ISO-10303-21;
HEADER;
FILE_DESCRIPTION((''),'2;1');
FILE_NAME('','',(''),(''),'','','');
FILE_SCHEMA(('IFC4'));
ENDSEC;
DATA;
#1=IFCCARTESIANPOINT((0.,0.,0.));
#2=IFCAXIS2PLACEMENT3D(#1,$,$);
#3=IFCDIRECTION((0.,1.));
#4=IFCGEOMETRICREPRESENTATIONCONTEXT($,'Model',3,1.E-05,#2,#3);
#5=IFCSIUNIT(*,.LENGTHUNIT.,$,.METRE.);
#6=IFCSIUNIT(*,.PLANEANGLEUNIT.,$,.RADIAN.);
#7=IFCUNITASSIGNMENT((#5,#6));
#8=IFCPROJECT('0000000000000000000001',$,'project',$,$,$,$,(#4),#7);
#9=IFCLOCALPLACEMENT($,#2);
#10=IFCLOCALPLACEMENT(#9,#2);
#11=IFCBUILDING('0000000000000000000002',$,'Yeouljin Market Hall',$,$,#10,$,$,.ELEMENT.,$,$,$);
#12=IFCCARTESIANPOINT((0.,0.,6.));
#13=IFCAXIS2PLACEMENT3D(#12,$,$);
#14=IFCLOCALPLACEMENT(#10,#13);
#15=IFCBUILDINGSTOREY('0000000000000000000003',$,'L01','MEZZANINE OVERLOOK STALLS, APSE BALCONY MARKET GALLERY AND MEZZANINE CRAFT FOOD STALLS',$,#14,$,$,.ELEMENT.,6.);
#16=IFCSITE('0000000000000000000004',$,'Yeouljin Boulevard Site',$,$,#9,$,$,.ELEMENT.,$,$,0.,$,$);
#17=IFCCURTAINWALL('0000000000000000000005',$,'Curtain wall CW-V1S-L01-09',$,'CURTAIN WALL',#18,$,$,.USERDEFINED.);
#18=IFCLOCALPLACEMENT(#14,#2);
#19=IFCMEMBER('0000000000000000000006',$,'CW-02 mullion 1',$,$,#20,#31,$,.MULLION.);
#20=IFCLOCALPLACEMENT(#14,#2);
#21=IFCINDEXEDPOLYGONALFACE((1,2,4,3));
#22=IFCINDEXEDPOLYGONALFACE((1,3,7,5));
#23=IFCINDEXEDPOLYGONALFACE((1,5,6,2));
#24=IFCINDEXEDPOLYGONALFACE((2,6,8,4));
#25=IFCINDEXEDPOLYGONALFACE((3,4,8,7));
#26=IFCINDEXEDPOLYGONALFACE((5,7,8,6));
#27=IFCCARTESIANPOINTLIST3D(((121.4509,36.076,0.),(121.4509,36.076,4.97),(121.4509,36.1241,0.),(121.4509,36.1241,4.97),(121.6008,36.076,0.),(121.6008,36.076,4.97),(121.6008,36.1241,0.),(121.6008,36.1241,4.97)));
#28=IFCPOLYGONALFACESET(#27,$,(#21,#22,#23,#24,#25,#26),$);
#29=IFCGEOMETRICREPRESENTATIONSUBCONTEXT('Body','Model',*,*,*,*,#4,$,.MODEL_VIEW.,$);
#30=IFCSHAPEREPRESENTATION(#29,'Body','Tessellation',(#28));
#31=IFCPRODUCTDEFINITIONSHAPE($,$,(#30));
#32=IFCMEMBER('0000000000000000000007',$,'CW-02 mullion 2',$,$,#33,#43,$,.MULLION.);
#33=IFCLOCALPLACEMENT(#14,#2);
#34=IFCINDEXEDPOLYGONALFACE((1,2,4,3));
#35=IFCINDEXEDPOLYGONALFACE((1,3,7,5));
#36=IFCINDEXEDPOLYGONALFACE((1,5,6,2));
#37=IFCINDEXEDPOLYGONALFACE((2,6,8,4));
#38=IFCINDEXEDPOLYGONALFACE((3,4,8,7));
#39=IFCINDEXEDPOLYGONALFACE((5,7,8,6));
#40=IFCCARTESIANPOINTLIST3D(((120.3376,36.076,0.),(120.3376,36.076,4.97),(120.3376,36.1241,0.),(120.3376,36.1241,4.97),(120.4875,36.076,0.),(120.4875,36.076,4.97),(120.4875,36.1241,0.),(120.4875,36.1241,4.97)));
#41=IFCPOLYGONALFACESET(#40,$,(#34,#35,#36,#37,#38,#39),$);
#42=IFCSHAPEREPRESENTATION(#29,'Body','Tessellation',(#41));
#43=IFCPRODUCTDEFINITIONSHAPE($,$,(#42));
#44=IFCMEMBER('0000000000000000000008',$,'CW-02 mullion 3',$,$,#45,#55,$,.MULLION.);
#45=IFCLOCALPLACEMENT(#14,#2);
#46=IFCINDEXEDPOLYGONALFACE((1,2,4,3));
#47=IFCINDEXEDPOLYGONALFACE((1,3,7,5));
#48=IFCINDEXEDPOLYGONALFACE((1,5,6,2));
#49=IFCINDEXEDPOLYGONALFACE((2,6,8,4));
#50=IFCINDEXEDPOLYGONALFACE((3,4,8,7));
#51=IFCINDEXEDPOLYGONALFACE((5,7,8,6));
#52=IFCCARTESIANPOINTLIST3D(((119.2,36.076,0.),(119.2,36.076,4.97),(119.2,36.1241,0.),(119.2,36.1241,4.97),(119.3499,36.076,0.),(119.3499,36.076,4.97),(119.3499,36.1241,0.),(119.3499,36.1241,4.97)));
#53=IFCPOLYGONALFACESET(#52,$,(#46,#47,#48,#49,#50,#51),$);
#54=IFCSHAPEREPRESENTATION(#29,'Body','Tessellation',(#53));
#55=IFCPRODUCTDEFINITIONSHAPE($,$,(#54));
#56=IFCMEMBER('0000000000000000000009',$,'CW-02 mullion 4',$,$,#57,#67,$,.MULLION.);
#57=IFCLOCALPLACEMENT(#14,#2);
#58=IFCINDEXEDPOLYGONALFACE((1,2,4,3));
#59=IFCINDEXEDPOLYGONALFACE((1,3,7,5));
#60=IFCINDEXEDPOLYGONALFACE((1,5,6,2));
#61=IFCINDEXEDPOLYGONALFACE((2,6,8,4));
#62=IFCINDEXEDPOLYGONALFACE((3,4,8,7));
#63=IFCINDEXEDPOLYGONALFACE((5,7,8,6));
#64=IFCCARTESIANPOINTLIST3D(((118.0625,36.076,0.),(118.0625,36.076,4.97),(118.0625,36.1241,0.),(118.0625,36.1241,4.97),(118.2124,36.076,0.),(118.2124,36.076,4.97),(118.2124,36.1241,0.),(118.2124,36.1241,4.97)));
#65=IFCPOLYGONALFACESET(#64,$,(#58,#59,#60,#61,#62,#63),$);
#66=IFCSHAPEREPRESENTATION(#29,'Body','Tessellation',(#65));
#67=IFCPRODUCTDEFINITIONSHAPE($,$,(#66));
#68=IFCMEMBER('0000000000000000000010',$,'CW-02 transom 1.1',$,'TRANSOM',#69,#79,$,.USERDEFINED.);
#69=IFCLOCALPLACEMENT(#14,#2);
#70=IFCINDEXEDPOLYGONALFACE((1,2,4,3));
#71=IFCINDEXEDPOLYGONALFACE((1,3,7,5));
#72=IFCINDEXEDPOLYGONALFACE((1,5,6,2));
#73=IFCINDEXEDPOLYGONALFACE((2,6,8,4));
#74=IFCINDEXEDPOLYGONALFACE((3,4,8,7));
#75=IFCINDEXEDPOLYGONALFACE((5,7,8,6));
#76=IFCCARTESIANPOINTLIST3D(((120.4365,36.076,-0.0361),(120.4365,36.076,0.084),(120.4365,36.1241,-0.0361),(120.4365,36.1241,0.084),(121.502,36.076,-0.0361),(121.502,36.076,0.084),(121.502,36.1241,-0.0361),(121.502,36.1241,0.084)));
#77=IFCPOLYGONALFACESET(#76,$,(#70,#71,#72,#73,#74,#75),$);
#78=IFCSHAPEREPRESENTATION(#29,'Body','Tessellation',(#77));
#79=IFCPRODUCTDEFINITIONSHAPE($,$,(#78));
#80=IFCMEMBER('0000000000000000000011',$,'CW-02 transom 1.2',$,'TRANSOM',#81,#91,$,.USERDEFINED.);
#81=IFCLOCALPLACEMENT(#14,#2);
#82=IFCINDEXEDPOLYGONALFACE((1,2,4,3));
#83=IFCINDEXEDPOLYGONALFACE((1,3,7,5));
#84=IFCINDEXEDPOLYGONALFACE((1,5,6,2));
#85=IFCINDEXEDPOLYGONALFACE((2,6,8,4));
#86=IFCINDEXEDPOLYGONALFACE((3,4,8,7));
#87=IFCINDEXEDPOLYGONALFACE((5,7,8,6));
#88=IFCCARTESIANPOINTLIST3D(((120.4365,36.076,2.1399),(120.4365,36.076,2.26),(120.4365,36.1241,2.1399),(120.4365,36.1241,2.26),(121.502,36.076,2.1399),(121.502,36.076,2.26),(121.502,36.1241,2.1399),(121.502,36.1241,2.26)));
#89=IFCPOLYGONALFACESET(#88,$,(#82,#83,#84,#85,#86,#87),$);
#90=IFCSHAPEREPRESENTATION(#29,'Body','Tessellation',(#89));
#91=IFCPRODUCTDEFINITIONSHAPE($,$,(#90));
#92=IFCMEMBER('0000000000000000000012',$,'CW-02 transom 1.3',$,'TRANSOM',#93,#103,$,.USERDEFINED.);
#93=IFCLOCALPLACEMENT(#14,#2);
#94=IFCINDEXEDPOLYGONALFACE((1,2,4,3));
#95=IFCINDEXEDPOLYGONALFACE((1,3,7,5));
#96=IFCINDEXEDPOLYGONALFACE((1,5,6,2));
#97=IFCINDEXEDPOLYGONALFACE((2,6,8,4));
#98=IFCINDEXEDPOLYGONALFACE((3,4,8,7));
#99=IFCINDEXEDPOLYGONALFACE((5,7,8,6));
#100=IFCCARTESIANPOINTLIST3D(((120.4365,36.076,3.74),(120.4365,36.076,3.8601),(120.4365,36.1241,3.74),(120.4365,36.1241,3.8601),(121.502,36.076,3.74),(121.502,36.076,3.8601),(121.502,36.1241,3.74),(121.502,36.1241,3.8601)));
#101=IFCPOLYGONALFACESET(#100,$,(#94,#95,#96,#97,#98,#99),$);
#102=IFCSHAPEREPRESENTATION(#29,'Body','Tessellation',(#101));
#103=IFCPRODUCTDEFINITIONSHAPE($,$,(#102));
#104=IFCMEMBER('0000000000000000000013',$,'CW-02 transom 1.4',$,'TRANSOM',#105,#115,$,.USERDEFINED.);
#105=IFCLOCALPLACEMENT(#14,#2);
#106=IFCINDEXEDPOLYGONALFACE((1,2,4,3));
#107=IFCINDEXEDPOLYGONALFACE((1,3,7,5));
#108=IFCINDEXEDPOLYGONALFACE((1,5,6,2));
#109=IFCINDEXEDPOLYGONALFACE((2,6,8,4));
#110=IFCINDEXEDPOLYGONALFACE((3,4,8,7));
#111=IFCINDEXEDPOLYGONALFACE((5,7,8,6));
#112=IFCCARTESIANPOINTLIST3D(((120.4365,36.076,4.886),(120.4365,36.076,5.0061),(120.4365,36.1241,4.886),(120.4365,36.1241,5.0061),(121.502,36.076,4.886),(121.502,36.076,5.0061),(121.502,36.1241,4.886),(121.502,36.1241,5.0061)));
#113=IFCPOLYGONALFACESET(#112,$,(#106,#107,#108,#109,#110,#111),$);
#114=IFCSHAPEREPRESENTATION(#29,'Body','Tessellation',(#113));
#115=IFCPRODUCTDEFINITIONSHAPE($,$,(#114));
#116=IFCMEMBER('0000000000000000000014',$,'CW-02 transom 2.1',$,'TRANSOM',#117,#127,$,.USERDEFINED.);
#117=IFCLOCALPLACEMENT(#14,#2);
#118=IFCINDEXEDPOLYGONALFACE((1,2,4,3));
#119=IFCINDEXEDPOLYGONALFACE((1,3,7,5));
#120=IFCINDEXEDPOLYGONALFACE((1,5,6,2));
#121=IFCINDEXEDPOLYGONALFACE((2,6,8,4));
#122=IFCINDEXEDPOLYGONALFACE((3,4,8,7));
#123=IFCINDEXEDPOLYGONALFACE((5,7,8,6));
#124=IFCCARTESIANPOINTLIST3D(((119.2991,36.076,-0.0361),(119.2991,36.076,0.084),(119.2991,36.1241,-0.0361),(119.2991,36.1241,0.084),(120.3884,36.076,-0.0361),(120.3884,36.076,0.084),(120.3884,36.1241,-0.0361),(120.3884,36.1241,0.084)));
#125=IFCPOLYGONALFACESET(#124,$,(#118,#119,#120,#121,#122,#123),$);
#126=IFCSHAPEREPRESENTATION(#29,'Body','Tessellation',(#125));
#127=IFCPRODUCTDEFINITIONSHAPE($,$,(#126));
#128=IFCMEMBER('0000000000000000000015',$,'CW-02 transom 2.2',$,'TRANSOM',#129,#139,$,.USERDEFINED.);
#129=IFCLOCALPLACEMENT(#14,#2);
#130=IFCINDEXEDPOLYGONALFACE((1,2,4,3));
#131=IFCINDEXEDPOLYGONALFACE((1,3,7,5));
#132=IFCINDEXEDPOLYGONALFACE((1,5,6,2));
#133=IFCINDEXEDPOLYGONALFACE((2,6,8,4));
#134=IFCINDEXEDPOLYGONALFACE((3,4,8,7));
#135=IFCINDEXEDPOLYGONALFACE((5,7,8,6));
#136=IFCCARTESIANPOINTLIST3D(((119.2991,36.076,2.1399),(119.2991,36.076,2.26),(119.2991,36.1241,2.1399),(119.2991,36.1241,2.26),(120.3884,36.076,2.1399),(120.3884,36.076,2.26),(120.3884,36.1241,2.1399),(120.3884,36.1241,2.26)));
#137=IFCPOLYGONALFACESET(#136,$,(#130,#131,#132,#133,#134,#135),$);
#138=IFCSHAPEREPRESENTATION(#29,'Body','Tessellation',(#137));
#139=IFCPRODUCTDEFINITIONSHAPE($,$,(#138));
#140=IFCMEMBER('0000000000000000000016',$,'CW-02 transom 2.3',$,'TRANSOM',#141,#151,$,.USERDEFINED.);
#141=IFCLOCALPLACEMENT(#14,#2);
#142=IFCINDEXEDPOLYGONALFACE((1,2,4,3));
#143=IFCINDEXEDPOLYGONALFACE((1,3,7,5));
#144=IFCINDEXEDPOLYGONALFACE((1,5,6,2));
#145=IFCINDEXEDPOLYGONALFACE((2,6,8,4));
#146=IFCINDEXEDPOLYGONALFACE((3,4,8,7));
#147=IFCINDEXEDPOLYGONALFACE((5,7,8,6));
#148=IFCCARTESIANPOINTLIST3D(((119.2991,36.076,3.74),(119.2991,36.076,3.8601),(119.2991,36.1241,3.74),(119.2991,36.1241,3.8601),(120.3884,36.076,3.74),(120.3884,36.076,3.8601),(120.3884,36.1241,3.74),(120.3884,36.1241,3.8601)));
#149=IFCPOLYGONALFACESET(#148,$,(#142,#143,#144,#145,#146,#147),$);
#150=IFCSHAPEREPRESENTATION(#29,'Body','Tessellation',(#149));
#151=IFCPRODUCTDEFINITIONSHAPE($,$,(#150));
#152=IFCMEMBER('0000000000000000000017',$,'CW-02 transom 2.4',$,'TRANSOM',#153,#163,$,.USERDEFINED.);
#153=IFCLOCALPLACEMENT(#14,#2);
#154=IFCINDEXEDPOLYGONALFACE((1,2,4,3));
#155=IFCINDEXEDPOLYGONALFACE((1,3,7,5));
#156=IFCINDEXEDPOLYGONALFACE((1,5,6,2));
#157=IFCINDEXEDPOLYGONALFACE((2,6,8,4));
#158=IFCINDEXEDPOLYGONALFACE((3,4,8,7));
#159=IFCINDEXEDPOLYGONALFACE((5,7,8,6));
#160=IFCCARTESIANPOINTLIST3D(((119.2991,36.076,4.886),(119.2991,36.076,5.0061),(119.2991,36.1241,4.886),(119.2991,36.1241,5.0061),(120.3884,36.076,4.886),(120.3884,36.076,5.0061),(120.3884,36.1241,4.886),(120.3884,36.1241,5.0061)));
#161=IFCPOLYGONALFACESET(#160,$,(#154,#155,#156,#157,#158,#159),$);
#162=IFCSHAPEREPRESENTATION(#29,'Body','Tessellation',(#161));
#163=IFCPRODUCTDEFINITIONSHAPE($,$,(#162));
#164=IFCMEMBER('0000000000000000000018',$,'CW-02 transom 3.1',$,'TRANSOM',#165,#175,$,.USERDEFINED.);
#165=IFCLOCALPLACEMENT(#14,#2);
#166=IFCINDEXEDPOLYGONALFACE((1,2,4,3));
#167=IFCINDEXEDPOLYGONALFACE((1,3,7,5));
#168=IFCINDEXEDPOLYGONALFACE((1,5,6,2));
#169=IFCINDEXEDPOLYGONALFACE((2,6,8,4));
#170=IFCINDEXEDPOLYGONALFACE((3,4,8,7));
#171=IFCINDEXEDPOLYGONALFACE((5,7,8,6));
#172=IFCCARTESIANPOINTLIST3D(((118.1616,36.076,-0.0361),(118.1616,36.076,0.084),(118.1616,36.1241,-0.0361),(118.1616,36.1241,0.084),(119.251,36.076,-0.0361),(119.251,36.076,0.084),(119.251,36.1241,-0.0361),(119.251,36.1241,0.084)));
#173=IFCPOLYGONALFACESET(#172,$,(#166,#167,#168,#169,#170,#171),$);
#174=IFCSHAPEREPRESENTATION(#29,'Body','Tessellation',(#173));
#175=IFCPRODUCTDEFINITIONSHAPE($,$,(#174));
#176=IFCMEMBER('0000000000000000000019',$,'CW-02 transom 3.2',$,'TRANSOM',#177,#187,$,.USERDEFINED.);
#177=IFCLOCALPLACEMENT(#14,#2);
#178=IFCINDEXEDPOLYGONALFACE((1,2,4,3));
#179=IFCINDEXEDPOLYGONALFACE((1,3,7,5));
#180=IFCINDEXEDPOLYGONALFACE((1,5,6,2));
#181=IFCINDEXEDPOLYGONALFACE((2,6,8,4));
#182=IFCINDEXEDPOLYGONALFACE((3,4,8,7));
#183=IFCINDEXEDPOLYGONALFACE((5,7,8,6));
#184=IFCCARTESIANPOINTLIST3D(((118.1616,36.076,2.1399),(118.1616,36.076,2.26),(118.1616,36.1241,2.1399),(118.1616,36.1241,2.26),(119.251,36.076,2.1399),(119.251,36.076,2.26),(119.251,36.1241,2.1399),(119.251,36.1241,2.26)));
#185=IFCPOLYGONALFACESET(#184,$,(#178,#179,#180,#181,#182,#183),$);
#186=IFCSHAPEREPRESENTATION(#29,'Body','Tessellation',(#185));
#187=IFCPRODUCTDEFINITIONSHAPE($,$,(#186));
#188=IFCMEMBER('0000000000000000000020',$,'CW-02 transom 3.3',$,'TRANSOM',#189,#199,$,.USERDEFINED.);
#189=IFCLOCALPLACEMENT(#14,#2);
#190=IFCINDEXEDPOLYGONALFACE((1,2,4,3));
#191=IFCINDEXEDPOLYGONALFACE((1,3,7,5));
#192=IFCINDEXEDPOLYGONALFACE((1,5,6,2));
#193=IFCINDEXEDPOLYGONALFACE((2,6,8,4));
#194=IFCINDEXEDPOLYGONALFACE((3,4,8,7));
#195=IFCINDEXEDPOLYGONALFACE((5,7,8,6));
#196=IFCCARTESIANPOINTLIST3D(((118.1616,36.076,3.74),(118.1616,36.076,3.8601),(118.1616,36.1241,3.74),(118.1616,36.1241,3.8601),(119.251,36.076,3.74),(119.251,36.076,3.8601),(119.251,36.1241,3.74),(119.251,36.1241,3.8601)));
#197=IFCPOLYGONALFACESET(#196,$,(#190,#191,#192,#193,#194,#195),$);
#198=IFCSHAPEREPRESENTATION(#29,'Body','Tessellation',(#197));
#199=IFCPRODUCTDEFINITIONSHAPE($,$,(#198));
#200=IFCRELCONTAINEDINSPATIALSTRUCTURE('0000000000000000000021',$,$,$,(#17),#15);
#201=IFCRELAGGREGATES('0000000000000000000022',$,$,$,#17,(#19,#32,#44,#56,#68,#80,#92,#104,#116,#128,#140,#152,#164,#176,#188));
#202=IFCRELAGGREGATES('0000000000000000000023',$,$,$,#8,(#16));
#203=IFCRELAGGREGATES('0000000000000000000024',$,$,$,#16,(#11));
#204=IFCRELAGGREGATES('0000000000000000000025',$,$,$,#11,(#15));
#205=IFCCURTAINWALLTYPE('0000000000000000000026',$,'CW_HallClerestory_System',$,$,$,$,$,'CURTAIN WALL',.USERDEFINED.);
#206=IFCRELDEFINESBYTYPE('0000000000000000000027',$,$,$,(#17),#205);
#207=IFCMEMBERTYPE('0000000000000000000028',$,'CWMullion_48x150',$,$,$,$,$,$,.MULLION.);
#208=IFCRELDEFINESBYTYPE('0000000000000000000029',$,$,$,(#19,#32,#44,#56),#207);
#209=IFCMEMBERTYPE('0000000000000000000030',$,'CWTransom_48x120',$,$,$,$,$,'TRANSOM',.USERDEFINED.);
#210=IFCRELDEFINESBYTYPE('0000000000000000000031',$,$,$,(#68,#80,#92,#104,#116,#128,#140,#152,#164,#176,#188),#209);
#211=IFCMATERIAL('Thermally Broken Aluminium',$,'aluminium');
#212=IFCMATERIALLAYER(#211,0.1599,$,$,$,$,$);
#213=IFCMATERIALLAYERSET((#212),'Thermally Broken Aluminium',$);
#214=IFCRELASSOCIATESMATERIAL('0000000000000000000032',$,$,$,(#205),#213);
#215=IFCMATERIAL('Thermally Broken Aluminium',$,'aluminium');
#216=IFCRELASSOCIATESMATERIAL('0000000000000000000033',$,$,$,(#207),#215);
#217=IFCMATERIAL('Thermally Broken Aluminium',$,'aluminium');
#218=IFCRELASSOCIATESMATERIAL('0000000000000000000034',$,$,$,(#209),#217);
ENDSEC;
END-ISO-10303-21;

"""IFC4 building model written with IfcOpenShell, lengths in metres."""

from ifc_helpers import new_model, si_unit, direction, frame, origin, origin_2d, place, context, subcontext, project, spatial, rectangle, extrude, material, layer, layer_set, material_profile, profile_set, type_object, element, aggregate, save


model = new_model("IFC4")

# Units and contexts
model_context = context("Model", 3, precision=1e-05, world=origin(), true_north=direction((0.0, 1.0)))
body_context = subcontext(model_context, "Body", "Model", "MODEL_VIEW")
ifc_project = project(units=[si_unit("LENGTHUNIT", "METRE"), si_unit("PLANEANGLEUNIT", "RADIAN")], contexts=[model_context])

# Site, building, storey
site_placement = place(None, origin())
site = spatial("IfcSite", under=ifc_project, at=site_placement, Name="Yeouljin Boulevard Site", CompositionType="ELEMENT", RefElevation=0.0)
building_placement = place(site_placement, origin())
building = spatial("IfcBuilding", under=site, at=building_placement, Name="Yeouljin Market Hall", CompositionType="ELEMENT")
storey_placement = place(building_placement, frame((0.0, 0.0, 6.0)))
storey = spatial("IfcBuildingStorey", under=building, at=storey_placement, Name="L01", Description="MEZZANINE OVERLOOK STALLS, APSE BALCONY MARKET GALLERY AND MEZZANINE CRAFT FOOD STALLS", CompositionType="ELEMENT", Elevation=6.0)

# Curtain wall, members
ifc_material_1 = material(Name="Thermally Broken Aluminium", Category="aluminium")
ifc_layer_1 = layer(ifc_material_1, 0.1599)
ifc_layer_set_1 = layer_set([ifc_layer_1], Name="Thermally Broken Aluminium")
curtain_wall_type = type_object("IfcCurtainWallType", Name="CW_HallClerestory_System", ElementType="CURTAIN WALL", PredefinedType="USERDEFINED", material=ifc_layer_set_1)
curtain_wall_placement = place(storey_placement, origin())
curtain_wall = element("IfcCurtainWall", 1, at=curtain_wall_placement, inside=storey, type_object=curtain_wall_type, Name="Curtain wall CW-V1S-L01-09", ObjectType="CURTAIN WALL", PredefinedType="USERDEFINED")
ifc_material_2 = material(Name="Thermally Broken Aluminium", Category="aluminium")
ifc_material_profile_1 = material_profile(ifc_material_2, rectangle(XDim=0.0481, YDim=0.1499, at=origin_2d()), Name="CW-MULL-48x150")
ifc_profile_set_1 = profile_set([ifc_material_profile_1], Name="Thermally Broken Aluminium")
member_type_1 = type_object("IfcMemberType", Name="CWMullion_48x150", PredefinedType="MULLION", material=ifc_profile_set_1)
member_1_placement = place(storey_placement, frame((121.5259, 36.1001, 0.0), z_axis=(0.0, 0.0, 1.0), x_axis=(0.0, -1.0, 0.0)))
member_1 = element("IfcMember", 2, at=member_1_placement, type_object=member_type_1, Name="CW-02 mullion 1", PredefinedType="MULLION", context=body_context, shape_type="SweptSolid", body=[
    extrude(rectangle(XDim=0.0481, YDim=0.1499, at=origin_2d()), origin(), (0.0, 0.0, 1.0), 4.97),
])
member_2_placement = place(storey_placement, frame((120.4126, 36.1001, 0.0), z_axis=(0.0, 0.0, 1.0), x_axis=(0.0, -1.0, 0.0)))
member_2 = element("IfcMember", 3, at=member_2_placement, type_object=member_type_1, Name="CW-02 mullion 2", PredefinedType="MULLION", context=body_context, shape_type="SweptSolid", body=[
    extrude(rectangle(XDim=0.0481, YDim=0.1499, at=origin_2d()), origin(), (0.0, 0.0, 1.0), 4.97),
])
member_3_placement = place(storey_placement, frame((119.2749, 36.1001, 0.0), z_axis=(0.0, 0.0, 1.0), x_axis=(0.0, -1.0, 0.0)))
member_3 = element("IfcMember", 4, at=member_3_placement, type_object=member_type_1, Name="CW-02 mullion 3", PredefinedType="MULLION", context=body_context, shape_type="SweptSolid", body=[
    extrude(rectangle(XDim=0.0481, YDim=0.1499, at=origin_2d()), origin(), (0.0, 0.0, 1.0), 4.97),
])
member_4_placement = place(storey_placement, frame((118.1375, 36.1001, 0.0), z_axis=(0.0, 0.0, 1.0), x_axis=(0.0, -1.0, 0.0)))
member_4 = element("IfcMember", 5, at=member_4_placement, type_object=member_type_1, Name="CW-02 mullion 4", PredefinedType="MULLION", context=body_context, shape_type="SweptSolid", body=[
    extrude(rectangle(XDim=0.0481, YDim=0.1499, at=origin_2d()), origin(), (0.0, 0.0, 1.0), 4.97),
])
ifc_material_3 = material(Name="Thermally Broken Aluminium", Category="aluminium")
ifc_material_profile_2 = material_profile(ifc_material_3, rectangle(XDim=0.0481, YDim=0.1201, at=origin_2d()), Name="CW-TRAN-48x120")
ifc_profile_set_2 = profile_set([ifc_material_profile_2], Name="Thermally Broken Aluminium")
member_type_2 = type_object("IfcMemberType", Name="CWTransom_48x120", ElementType="TRANSOM", PredefinedType="USERDEFINED", material=ifc_profile_set_2)
member_5_placement = place(storey_placement, frame((121.502, 36.1001, 0.0239), z_axis=(-1.0, 0.0, 0.0), x_axis=(0.0, -1.0, 0.0)))
member_5 = element("IfcMember", 6, at=member_5_placement, type_object=member_type_2, Name="CW-02 transom 1.1", ObjectType="TRANSOM", PredefinedType="USERDEFINED", context=body_context, shape_type="SweptSolid", body=[
    extrude(rectangle(XDim=0.0481, YDim=0.1201, at=origin_2d()), origin(), (0.0, 0.0, 1.0), 1.0654),
])
member_6_placement = place(storey_placement, frame((121.502, 36.1001, 2.2), z_axis=(-1.0, 0.0, 0.0), x_axis=(0.0, -1.0, 0.0)))
member_6 = element("IfcMember", 7, at=member_6_placement, type_object=member_type_2, Name="CW-02 transom 1.2", ObjectType="TRANSOM", PredefinedType="USERDEFINED", context=body_context, shape_type="SweptSolid", body=[
    extrude(rectangle(XDim=0.0481, YDim=0.1201, at=origin_2d()), origin(), (0.0, 0.0, 1.0), 1.0654),
])
member_7_placement = place(storey_placement, frame((121.502, 36.1001, 3.8), z_axis=(-1.0, 0.0, 0.0), x_axis=(0.0, -1.0, 0.0)))
member_7 = element("IfcMember", 8, at=member_7_placement, type_object=member_type_2, Name="CW-02 transom 1.3", ObjectType="TRANSOM", PredefinedType="USERDEFINED", context=body_context, shape_type="SweptSolid", body=[
    extrude(rectangle(XDim=0.0481, YDim=0.1201, at=origin_2d()), origin(), (0.0, 0.0, 1.0), 1.0654),
])
member_8_placement = place(storey_placement, frame((121.502, 36.1001, 4.946), z_axis=(-1.0, 0.0, 0.0), x_axis=(0.0, -1.0, 0.0)))
member_8 = element("IfcMember", 9, at=member_8_placement, type_object=member_type_2, Name="CW-02 transom 1.4", ObjectType="TRANSOM", PredefinedType="USERDEFINED", context=body_context, shape_type="SweptSolid", body=[
    extrude(rectangle(XDim=0.0481, YDim=0.1201, at=origin_2d()), origin(), (0.0, 0.0, 1.0), 1.0654),
])
member_9_placement = place(storey_placement, frame((120.3884, 36.1001, 0.0239), z_axis=(-1.0, 0.0, 0.0), x_axis=(0.0, -1.0, 0.0)))
member_9 = element("IfcMember", 10, at=member_9_placement, type_object=member_type_2, Name="CW-02 transom 2.1", ObjectType="TRANSOM", PredefinedType="USERDEFINED", context=body_context, shape_type="SweptSolid", body=[
    extrude(rectangle(XDim=0.0481, YDim=0.1201, at=origin_2d()), origin(), (0.0, 0.0, 1.0), 1.0894),
])
member_10_placement = place(storey_placement, frame((120.3884, 36.1001, 2.2), z_axis=(-1.0, 0.0, 0.0), x_axis=(0.0, -1.0, 0.0)))
member_10 = element("IfcMember", 11, at=member_10_placement, type_object=member_type_2, Name="CW-02 transom 2.2", ObjectType="TRANSOM", PredefinedType="USERDEFINED", context=body_context, shape_type="SweptSolid", body=[
    extrude(rectangle(XDim=0.0481, YDim=0.1201, at=origin_2d()), origin(), (0.0, 0.0, 1.0), 1.0894),
])
member_11_placement = place(storey_placement, frame((120.3884, 36.1001, 3.8), z_axis=(-1.0, 0.0, 0.0), x_axis=(0.0, -1.0, 0.0)))
member_11 = element("IfcMember", 12, at=member_11_placement, type_object=member_type_2, Name="CW-02 transom 2.3", ObjectType="TRANSOM", PredefinedType="USERDEFINED", context=body_context, shape_type="SweptSolid", body=[
    extrude(rectangle(XDim=0.0481, YDim=0.1201, at=origin_2d()), origin(), (0.0, 0.0, 1.0), 1.0894),
])
member_12_placement = place(storey_placement, frame((120.3884, 36.1001, 4.946), z_axis=(-1.0, 0.0, 0.0), x_axis=(0.0, -1.0, 0.0)))
member_12 = element("IfcMember", 13, at=member_12_placement, type_object=member_type_2, Name="CW-02 transom 2.4", ObjectType="TRANSOM", PredefinedType="USERDEFINED", context=body_context, shape_type="SweptSolid", body=[
    extrude(rectangle(XDim=0.0481, YDim=0.1201, at=origin_2d()), origin(), (0.0, 0.0, 1.0), 1.0894),
])
member_13_placement = place(storey_placement, frame((119.251, 36.1001, 0.0239), z_axis=(-1.0, 0.0, 0.0), x_axis=(0.0, -1.0, 0.0)))
member_13 = element("IfcMember", 14, at=member_13_placement, type_object=member_type_2, Name="CW-02 transom 3.1", ObjectType="TRANSOM", PredefinedType="USERDEFINED", context=body_context, shape_type="SweptSolid", body=[
    extrude(rectangle(XDim=0.0481, YDim=0.1201, at=origin_2d()), origin(), (0.0, 0.0, 1.0), 1.0894),
])
member_14_placement = place(storey_placement, frame((119.251, 36.1001, 2.2), z_axis=(-1.0, 0.0, 0.0), x_axis=(0.0, -1.0, 0.0)))
member_14 = element("IfcMember", 15, at=member_14_placement, type_object=member_type_2, Name="CW-02 transom 3.2", ObjectType="TRANSOM", PredefinedType="USERDEFINED", context=body_context, shape_type="SweptSolid", body=[
    extrude(rectangle(XDim=0.0481, YDim=0.1201, at=origin_2d()), origin(), (0.0, 0.0, 1.0), 1.0894),
])
member_15_placement = place(storey_placement, frame((119.251, 36.1001, 3.8), z_axis=(-1.0, 0.0, 0.0), x_axis=(0.0, -1.0, 0.0)))
member_15 = element("IfcMember", 16, at=member_15_placement, type_object=member_type_2, Name="CW-02 transom 3.3", ObjectType="TRANSOM", PredefinedType="USERDEFINED", context=body_context, shape_type="SweptSolid", body=[
    extrude(rectangle(XDim=0.0481, YDim=0.1201, at=origin_2d()), origin(), (0.0, 0.0, 1.0), 1.0894),
])
aggregate(curtain_wall, [member_1, member_2, member_3, member_4, member_5, member_6, member_7, member_8, member_9, member_10, member_11, member_12, member_13, member_14, member_15])

save(model, "model.ifc")
